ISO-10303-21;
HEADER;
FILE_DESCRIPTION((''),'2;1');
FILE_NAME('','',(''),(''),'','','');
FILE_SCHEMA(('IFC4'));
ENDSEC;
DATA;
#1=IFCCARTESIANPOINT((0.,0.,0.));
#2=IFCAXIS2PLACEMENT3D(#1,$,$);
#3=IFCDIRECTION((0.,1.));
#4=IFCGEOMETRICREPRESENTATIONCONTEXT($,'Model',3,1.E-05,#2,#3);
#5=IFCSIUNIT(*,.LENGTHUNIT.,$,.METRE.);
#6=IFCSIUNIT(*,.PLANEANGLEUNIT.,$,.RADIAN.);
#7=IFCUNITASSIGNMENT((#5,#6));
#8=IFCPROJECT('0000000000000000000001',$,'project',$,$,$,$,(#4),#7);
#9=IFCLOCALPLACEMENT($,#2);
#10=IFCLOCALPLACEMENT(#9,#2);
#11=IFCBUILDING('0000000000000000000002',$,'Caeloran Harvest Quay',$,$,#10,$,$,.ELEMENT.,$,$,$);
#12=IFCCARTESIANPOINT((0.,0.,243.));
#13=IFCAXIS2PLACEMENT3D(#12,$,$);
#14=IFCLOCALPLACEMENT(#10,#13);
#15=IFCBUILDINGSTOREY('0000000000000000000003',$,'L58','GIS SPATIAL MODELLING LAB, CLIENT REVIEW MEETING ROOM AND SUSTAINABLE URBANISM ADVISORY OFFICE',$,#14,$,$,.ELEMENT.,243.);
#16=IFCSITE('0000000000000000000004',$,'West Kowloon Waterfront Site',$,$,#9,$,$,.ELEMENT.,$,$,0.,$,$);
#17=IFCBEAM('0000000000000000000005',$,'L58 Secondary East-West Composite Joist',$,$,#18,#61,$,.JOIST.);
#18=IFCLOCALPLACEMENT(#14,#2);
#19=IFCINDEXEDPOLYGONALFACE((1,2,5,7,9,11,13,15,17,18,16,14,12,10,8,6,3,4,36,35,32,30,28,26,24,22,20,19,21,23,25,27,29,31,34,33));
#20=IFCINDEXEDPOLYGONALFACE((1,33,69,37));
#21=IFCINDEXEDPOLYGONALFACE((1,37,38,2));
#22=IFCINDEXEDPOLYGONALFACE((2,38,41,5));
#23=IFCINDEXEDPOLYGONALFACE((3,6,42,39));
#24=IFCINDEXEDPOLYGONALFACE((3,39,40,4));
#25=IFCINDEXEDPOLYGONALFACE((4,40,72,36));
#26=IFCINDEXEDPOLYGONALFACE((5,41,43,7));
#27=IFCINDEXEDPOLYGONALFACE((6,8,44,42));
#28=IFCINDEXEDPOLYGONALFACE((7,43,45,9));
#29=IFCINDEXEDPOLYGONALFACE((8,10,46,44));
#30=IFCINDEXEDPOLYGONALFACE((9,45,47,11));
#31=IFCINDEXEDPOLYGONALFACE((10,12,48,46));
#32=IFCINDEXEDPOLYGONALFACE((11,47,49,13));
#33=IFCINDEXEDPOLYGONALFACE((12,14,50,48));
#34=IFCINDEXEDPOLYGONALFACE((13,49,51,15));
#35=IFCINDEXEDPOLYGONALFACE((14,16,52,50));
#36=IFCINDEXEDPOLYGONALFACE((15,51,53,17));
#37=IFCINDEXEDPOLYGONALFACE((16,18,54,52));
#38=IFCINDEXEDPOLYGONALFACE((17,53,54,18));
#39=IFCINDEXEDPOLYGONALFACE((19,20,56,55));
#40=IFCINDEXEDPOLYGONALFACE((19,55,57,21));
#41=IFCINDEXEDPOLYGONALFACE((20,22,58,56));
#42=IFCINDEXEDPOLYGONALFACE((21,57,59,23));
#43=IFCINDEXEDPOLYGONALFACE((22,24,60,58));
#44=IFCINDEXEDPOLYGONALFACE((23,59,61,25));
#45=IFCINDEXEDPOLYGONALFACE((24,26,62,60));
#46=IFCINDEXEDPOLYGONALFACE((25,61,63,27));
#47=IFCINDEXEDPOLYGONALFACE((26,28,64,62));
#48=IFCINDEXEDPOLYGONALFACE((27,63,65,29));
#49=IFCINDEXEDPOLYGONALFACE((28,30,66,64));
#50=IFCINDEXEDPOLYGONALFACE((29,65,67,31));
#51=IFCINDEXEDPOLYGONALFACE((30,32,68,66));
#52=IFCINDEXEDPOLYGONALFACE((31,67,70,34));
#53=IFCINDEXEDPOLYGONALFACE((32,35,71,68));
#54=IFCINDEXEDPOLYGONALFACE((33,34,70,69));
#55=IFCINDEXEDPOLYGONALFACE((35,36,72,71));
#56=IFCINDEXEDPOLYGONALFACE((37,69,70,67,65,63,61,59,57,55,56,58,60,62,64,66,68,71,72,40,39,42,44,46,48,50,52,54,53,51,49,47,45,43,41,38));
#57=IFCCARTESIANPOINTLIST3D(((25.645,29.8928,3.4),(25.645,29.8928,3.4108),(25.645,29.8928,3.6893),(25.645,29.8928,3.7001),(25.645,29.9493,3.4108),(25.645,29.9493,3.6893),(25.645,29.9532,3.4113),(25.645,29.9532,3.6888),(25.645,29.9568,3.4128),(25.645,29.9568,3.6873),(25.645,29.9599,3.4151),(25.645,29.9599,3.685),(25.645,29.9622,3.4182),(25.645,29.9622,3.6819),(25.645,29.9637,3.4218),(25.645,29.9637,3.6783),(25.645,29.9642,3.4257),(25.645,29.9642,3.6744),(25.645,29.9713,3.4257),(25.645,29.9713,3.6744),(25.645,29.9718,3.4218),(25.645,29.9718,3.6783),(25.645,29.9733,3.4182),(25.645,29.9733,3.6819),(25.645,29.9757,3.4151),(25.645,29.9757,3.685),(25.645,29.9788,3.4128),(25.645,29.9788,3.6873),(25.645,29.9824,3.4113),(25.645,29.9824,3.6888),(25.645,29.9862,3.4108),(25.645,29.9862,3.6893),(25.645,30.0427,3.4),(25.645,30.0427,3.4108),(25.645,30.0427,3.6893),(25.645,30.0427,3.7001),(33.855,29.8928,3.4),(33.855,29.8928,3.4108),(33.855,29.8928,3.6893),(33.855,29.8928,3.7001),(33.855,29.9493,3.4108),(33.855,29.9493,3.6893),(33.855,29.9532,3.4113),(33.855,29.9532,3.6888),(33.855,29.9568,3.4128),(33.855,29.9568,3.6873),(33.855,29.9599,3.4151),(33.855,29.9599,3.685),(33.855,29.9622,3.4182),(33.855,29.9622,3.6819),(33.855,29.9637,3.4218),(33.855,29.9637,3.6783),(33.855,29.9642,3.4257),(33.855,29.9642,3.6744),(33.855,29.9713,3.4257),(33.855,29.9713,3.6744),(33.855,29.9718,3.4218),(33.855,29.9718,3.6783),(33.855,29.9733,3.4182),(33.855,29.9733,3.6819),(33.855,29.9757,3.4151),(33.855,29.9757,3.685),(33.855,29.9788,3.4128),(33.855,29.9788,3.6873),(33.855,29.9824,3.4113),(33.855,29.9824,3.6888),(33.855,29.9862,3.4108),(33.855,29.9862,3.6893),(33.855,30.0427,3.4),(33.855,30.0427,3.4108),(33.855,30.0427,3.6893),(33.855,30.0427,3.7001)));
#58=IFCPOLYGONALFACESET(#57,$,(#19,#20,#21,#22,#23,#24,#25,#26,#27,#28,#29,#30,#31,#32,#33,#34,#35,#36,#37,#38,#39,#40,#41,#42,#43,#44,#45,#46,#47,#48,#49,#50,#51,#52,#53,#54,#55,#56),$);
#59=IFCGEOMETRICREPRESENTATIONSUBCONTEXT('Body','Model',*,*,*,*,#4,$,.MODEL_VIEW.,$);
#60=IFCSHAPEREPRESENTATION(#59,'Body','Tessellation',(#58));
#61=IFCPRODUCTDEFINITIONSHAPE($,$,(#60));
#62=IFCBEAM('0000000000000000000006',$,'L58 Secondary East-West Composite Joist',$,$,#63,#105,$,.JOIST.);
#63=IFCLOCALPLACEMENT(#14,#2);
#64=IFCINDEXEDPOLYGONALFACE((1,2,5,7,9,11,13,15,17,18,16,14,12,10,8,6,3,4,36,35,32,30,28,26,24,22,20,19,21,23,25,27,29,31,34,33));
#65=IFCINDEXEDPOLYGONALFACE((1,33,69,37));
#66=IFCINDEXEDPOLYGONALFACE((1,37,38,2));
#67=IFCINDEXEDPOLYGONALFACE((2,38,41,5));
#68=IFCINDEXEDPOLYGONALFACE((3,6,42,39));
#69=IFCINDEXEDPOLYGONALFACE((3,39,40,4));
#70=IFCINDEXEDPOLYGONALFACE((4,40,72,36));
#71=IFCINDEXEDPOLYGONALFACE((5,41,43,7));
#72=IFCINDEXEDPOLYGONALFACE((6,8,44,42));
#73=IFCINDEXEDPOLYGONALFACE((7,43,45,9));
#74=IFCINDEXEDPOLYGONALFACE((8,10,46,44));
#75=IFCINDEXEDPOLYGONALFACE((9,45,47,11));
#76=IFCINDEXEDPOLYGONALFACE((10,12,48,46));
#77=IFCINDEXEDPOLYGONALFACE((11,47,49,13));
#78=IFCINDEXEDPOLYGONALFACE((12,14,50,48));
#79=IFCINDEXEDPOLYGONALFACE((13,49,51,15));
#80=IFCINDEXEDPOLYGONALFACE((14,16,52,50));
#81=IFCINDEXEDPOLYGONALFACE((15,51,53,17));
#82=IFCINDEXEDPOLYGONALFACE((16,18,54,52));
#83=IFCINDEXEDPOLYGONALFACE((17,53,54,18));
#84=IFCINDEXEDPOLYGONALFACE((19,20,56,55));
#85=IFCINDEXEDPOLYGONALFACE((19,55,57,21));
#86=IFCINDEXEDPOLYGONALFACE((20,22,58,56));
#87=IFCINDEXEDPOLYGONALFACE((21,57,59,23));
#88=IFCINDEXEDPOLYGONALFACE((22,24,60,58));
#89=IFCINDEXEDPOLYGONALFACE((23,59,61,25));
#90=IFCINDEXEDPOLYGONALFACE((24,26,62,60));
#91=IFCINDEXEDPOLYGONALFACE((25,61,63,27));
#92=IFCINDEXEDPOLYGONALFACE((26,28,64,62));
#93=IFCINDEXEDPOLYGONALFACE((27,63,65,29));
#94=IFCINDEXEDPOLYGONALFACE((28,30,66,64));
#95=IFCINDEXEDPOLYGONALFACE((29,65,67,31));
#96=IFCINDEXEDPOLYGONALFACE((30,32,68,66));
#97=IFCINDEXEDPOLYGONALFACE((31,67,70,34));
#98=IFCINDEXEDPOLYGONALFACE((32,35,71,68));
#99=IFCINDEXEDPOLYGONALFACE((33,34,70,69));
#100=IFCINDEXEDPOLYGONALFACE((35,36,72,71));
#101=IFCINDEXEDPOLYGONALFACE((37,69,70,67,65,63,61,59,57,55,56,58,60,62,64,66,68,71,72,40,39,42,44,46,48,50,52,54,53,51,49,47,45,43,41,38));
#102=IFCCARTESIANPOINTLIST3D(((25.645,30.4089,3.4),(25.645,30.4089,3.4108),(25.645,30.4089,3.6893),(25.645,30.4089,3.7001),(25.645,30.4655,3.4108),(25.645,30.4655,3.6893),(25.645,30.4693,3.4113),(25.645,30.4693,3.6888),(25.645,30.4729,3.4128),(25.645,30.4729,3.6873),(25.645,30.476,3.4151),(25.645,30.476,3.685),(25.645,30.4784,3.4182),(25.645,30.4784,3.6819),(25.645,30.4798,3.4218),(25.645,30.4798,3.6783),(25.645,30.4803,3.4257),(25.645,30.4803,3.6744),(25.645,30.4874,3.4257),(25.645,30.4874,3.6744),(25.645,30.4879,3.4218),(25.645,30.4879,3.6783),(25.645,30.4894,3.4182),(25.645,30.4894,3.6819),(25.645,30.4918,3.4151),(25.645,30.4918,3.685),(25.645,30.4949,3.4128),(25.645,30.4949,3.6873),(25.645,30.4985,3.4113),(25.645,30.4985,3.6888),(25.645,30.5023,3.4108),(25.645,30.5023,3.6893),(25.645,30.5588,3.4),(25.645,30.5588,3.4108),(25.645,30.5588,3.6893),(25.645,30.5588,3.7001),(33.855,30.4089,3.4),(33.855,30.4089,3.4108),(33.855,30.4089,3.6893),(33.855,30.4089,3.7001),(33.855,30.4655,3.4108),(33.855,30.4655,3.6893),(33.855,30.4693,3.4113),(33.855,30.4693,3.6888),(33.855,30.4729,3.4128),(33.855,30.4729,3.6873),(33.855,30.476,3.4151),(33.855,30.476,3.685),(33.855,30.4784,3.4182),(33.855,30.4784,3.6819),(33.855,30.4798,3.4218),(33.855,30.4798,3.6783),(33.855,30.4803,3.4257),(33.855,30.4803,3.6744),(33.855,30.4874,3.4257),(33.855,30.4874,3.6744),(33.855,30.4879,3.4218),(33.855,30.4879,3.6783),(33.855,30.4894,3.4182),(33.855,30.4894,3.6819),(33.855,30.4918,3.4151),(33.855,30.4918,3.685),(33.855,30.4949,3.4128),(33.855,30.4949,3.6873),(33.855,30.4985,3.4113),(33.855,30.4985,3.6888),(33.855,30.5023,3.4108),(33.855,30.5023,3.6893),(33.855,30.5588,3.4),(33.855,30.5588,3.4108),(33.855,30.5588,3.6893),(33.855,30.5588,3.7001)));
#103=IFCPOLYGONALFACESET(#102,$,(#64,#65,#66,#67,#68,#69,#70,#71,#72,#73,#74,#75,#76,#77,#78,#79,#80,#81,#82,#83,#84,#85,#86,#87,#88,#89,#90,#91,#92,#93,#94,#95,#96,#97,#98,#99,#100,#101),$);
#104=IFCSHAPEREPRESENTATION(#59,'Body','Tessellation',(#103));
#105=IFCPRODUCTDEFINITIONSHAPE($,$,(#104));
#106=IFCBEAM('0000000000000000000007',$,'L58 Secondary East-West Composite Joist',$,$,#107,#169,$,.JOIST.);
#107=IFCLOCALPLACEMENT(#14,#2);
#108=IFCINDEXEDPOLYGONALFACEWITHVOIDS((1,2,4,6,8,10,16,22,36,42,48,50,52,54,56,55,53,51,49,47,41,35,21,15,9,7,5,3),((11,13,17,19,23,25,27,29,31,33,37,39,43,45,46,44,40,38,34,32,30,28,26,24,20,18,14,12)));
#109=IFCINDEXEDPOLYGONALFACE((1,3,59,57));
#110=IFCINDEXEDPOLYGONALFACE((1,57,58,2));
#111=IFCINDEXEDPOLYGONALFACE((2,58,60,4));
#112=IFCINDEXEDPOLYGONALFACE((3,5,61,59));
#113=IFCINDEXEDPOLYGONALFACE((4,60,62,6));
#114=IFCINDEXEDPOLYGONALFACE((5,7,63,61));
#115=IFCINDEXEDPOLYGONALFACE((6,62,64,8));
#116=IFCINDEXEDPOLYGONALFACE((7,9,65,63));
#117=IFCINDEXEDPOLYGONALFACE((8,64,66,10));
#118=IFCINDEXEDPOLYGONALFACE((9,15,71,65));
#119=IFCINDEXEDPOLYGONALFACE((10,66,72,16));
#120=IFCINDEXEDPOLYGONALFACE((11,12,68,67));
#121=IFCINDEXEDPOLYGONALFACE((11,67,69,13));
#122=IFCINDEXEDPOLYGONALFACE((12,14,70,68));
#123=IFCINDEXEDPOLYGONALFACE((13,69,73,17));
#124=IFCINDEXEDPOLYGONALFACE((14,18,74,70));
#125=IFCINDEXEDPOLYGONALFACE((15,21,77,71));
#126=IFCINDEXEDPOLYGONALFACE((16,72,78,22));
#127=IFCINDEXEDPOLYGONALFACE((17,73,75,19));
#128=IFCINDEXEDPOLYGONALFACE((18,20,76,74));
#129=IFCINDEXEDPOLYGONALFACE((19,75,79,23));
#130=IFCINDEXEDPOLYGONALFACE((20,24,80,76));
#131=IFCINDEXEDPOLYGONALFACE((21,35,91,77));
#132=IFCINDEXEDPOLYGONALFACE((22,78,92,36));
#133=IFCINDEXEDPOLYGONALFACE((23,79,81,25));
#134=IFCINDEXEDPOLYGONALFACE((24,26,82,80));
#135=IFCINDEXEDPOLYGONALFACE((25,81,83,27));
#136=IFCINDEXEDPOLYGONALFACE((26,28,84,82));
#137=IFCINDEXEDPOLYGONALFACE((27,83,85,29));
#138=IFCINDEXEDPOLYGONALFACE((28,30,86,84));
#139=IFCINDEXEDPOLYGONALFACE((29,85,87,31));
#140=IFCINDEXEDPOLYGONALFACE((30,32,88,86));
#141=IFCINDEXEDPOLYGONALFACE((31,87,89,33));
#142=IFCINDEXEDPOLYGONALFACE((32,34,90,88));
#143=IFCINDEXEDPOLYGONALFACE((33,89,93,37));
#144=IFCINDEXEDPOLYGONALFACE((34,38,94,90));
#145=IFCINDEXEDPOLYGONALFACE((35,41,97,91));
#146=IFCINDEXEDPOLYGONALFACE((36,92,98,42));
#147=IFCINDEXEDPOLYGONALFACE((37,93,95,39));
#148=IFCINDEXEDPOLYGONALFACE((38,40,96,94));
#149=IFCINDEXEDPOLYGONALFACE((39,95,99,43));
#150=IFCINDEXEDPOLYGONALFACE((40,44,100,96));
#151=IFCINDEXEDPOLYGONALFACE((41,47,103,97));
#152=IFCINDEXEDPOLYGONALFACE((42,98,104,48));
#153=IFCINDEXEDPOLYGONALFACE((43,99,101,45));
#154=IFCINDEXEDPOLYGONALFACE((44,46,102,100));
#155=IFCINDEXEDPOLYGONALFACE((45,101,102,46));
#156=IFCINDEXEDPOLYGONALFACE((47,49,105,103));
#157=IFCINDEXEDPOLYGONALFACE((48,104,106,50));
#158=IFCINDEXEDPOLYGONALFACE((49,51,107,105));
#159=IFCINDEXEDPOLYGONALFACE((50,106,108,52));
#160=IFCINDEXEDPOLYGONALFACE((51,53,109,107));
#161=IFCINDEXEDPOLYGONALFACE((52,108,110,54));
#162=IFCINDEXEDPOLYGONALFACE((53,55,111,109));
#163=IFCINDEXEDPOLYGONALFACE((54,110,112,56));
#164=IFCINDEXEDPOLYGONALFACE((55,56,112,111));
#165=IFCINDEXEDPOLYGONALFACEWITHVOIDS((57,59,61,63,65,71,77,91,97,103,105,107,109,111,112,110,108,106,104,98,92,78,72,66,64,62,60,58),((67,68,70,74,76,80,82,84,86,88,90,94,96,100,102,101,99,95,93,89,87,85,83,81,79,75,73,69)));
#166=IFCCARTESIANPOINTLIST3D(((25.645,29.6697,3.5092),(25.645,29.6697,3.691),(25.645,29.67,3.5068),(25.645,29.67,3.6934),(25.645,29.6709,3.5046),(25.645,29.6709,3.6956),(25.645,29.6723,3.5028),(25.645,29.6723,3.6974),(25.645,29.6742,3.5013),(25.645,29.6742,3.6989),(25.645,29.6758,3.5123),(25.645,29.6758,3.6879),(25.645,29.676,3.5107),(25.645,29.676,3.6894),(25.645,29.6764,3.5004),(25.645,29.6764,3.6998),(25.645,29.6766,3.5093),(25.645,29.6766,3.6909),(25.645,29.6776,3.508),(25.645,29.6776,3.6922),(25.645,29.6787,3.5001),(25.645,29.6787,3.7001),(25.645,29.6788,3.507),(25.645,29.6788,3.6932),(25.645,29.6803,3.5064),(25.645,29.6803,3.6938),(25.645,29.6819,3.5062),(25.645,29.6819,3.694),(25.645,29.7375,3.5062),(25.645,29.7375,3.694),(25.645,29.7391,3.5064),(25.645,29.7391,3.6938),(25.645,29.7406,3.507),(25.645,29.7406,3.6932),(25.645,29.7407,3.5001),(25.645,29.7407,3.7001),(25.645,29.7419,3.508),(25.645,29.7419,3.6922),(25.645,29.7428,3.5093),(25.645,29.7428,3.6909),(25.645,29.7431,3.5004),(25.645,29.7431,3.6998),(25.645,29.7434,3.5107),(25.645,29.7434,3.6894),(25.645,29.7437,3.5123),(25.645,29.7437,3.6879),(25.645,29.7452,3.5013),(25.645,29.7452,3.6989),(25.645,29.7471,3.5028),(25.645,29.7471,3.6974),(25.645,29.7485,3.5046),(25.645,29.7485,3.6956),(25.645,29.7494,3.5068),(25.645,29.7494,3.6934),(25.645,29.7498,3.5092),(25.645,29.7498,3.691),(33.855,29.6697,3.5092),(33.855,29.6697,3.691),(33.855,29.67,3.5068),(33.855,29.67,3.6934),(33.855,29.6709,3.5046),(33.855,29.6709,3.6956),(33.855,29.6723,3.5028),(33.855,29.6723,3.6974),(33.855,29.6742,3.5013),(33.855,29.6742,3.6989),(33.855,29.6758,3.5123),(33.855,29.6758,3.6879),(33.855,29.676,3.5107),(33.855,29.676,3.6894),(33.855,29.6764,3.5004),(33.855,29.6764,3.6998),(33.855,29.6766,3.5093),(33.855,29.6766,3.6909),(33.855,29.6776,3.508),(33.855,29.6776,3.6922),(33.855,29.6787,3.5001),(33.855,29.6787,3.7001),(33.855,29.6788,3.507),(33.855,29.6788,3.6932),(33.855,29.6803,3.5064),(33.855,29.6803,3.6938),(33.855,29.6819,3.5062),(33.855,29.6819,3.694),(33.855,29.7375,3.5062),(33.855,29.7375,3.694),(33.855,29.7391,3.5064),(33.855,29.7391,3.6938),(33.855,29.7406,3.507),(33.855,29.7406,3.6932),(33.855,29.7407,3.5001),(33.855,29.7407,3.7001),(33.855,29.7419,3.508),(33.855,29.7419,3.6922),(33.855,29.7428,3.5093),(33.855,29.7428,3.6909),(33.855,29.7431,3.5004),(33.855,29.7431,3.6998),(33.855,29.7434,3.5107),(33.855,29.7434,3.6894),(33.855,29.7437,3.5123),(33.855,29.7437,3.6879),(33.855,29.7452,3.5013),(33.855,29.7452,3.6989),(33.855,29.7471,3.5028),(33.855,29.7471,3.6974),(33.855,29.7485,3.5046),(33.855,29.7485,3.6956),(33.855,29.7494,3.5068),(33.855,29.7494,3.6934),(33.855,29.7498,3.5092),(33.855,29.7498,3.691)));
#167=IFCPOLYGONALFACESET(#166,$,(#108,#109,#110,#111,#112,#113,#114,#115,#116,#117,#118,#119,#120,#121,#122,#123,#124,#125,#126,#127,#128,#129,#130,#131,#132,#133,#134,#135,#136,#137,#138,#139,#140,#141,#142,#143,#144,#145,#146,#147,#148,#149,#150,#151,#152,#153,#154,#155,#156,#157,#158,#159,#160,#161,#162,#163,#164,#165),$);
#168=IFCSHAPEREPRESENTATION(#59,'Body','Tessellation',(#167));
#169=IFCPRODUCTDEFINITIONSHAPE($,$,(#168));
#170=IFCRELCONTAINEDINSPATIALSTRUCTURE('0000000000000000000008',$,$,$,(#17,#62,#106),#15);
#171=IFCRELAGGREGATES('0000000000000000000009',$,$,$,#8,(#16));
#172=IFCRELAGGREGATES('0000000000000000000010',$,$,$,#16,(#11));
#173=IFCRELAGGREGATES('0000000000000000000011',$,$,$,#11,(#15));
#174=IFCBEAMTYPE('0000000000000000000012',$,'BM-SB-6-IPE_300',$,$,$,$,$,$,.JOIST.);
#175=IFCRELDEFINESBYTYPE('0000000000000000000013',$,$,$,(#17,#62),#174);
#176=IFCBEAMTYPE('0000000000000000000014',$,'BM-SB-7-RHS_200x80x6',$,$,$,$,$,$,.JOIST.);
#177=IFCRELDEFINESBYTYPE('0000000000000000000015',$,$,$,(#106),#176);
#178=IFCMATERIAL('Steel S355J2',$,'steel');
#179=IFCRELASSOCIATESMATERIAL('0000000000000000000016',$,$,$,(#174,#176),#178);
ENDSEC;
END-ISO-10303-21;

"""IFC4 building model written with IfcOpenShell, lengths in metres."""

from ifc_helpers import new_model, si_unit, direction, frame, origin, origin_2d, place, context, subcontext, project, spatial, hollow_rectangle, i_section, extrude, material, material_profile, profile_set, type_object, element, save


model = new_model("IFC4")

# Units and contexts
model_context = context("Model", 3, precision=1e-05, world=origin(), true_north=direction((0.0, 1.0)))
body_context = subcontext(model_context, "Body", "Model", "MODEL_VIEW")
ifc_project = project(units=[si_unit("LENGTHUNIT", "METRE"), si_unit("PLANEANGLEUNIT", "RADIAN")], contexts=[model_context])

# Site, building, storey
site_placement = place(None, origin())
site = spatial("IfcSite", under=ifc_project, at=site_placement, Name="West Kowloon Waterfront Site", CompositionType="ELEMENT", RefElevation=0.0)
building_placement = place(site_placement, origin())
building = spatial("IfcBuilding", under=site, at=building_placement, Name="Caeloran Harvest Quay", CompositionType="ELEMENT")
storey_placement = place(building_placement, frame((0.0, 0.0, 243.0)))
storey = spatial("IfcBuildingStorey", under=building, at=storey_placement, Name="L58", Description="GIS SPATIAL MODELLING LAB, CLIENT REVIEW MEETING ROOM AND SUSTAINABLE URBANISM ADVISORY OFFICE", CompositionType="ELEMENT", Elevation=243.0)

# Beams
ifc_material_1 = material(Name="Steel S355J2", Category="steel")
ifc_material_profile_1 = material_profile(ifc_material_1, i_section(OverallWidth=0.1499, OverallDepth=0.3, WebThickness=0.0071, FlangeThickness=0.0107, FilletRadius=0.0149, at=origin_2d()), Name="IPE 300")
ifc_profile_set_1 = profile_set([ifc_material_profile_1], Name="Steel S355J2")
beam_type_1 = type_object("IfcBeamType", Name="BM-SB-6-IPE_300", PredefinedType="JOIST", material=ifc_profile_set_1)
for number, where, z_axis, x_axis, name in (
    (1, (25.645, 29.9678, 3.55), (1.0, 0.0, 0.0), (0.0, 1.0, 0.0), "L58 Secondary East-West Composite Joist"),
    (2, (25.645, 30.4839, 3.55), (1.0, 0.0, 0.0), (0.0, 1.0, 0.0), "L58 Secondary East-West Composite Joist"),
):
    element("IfcBeam", number, at=place(storey_placement, frame(where, z_axis=z_axis, x_axis=x_axis)), inside=storey, type_object=beam_type_1, Name=name, PredefinedType="JOIST", context=body_context, shape_type="SweptSolid", body=[
        extrude(i_section(OverallWidth=0.1499, OverallDepth=0.3, WebThickness=0.0071, FlangeThickness=0.0107, FilletRadius=0.0149, at=origin_2d()), origin(), (0.0, 0.0, 1.0), 8.21),
    ])
ifc_material_profile_2 = material_profile(ifc_material_1, hollow_rectangle(XDim=0.0801, YDim=0.2, WallThickness=0.0061, InnerFilletRadius=0.0061, OuterFilletRadius=0.009, at=origin_2d()), Name="RHS 200x80x6")
ifc_profile_set_2 = profile_set([ifc_material_profile_2], Name="Steel S355J2")
beam_type_2 = type_object("IfcBeamType", Name="BM-SB-7-RHS_200x80x6", PredefinedType="JOIST", material=ifc_profile_set_2)
for number, where, z_axis, x_axis, name in (
    (3, (25.645, 29.7097, 3.6001), (1.0, 0.0, 0.0), (0.0, 1.0, 0.0), "L58 Secondary East-West Composite Joist"),
):
    element("IfcBeam", number, at=place(storey_placement, frame(where, z_axis=z_axis, x_axis=x_axis)), inside=storey, type_object=beam_type_2, Name=name, PredefinedType="JOIST", context=body_context, shape_type="SweptSolid", body=[
        extrude(hollow_rectangle(XDim=0.0801, YDim=0.2, WallThickness=0.0061, InnerFilletRadius=0.0061, OuterFilletRadius=0.009, at=origin_2d()), origin(), (0.0, 0.0, 1.0), 8.21),
    ])

save(model, "model.ifc")
